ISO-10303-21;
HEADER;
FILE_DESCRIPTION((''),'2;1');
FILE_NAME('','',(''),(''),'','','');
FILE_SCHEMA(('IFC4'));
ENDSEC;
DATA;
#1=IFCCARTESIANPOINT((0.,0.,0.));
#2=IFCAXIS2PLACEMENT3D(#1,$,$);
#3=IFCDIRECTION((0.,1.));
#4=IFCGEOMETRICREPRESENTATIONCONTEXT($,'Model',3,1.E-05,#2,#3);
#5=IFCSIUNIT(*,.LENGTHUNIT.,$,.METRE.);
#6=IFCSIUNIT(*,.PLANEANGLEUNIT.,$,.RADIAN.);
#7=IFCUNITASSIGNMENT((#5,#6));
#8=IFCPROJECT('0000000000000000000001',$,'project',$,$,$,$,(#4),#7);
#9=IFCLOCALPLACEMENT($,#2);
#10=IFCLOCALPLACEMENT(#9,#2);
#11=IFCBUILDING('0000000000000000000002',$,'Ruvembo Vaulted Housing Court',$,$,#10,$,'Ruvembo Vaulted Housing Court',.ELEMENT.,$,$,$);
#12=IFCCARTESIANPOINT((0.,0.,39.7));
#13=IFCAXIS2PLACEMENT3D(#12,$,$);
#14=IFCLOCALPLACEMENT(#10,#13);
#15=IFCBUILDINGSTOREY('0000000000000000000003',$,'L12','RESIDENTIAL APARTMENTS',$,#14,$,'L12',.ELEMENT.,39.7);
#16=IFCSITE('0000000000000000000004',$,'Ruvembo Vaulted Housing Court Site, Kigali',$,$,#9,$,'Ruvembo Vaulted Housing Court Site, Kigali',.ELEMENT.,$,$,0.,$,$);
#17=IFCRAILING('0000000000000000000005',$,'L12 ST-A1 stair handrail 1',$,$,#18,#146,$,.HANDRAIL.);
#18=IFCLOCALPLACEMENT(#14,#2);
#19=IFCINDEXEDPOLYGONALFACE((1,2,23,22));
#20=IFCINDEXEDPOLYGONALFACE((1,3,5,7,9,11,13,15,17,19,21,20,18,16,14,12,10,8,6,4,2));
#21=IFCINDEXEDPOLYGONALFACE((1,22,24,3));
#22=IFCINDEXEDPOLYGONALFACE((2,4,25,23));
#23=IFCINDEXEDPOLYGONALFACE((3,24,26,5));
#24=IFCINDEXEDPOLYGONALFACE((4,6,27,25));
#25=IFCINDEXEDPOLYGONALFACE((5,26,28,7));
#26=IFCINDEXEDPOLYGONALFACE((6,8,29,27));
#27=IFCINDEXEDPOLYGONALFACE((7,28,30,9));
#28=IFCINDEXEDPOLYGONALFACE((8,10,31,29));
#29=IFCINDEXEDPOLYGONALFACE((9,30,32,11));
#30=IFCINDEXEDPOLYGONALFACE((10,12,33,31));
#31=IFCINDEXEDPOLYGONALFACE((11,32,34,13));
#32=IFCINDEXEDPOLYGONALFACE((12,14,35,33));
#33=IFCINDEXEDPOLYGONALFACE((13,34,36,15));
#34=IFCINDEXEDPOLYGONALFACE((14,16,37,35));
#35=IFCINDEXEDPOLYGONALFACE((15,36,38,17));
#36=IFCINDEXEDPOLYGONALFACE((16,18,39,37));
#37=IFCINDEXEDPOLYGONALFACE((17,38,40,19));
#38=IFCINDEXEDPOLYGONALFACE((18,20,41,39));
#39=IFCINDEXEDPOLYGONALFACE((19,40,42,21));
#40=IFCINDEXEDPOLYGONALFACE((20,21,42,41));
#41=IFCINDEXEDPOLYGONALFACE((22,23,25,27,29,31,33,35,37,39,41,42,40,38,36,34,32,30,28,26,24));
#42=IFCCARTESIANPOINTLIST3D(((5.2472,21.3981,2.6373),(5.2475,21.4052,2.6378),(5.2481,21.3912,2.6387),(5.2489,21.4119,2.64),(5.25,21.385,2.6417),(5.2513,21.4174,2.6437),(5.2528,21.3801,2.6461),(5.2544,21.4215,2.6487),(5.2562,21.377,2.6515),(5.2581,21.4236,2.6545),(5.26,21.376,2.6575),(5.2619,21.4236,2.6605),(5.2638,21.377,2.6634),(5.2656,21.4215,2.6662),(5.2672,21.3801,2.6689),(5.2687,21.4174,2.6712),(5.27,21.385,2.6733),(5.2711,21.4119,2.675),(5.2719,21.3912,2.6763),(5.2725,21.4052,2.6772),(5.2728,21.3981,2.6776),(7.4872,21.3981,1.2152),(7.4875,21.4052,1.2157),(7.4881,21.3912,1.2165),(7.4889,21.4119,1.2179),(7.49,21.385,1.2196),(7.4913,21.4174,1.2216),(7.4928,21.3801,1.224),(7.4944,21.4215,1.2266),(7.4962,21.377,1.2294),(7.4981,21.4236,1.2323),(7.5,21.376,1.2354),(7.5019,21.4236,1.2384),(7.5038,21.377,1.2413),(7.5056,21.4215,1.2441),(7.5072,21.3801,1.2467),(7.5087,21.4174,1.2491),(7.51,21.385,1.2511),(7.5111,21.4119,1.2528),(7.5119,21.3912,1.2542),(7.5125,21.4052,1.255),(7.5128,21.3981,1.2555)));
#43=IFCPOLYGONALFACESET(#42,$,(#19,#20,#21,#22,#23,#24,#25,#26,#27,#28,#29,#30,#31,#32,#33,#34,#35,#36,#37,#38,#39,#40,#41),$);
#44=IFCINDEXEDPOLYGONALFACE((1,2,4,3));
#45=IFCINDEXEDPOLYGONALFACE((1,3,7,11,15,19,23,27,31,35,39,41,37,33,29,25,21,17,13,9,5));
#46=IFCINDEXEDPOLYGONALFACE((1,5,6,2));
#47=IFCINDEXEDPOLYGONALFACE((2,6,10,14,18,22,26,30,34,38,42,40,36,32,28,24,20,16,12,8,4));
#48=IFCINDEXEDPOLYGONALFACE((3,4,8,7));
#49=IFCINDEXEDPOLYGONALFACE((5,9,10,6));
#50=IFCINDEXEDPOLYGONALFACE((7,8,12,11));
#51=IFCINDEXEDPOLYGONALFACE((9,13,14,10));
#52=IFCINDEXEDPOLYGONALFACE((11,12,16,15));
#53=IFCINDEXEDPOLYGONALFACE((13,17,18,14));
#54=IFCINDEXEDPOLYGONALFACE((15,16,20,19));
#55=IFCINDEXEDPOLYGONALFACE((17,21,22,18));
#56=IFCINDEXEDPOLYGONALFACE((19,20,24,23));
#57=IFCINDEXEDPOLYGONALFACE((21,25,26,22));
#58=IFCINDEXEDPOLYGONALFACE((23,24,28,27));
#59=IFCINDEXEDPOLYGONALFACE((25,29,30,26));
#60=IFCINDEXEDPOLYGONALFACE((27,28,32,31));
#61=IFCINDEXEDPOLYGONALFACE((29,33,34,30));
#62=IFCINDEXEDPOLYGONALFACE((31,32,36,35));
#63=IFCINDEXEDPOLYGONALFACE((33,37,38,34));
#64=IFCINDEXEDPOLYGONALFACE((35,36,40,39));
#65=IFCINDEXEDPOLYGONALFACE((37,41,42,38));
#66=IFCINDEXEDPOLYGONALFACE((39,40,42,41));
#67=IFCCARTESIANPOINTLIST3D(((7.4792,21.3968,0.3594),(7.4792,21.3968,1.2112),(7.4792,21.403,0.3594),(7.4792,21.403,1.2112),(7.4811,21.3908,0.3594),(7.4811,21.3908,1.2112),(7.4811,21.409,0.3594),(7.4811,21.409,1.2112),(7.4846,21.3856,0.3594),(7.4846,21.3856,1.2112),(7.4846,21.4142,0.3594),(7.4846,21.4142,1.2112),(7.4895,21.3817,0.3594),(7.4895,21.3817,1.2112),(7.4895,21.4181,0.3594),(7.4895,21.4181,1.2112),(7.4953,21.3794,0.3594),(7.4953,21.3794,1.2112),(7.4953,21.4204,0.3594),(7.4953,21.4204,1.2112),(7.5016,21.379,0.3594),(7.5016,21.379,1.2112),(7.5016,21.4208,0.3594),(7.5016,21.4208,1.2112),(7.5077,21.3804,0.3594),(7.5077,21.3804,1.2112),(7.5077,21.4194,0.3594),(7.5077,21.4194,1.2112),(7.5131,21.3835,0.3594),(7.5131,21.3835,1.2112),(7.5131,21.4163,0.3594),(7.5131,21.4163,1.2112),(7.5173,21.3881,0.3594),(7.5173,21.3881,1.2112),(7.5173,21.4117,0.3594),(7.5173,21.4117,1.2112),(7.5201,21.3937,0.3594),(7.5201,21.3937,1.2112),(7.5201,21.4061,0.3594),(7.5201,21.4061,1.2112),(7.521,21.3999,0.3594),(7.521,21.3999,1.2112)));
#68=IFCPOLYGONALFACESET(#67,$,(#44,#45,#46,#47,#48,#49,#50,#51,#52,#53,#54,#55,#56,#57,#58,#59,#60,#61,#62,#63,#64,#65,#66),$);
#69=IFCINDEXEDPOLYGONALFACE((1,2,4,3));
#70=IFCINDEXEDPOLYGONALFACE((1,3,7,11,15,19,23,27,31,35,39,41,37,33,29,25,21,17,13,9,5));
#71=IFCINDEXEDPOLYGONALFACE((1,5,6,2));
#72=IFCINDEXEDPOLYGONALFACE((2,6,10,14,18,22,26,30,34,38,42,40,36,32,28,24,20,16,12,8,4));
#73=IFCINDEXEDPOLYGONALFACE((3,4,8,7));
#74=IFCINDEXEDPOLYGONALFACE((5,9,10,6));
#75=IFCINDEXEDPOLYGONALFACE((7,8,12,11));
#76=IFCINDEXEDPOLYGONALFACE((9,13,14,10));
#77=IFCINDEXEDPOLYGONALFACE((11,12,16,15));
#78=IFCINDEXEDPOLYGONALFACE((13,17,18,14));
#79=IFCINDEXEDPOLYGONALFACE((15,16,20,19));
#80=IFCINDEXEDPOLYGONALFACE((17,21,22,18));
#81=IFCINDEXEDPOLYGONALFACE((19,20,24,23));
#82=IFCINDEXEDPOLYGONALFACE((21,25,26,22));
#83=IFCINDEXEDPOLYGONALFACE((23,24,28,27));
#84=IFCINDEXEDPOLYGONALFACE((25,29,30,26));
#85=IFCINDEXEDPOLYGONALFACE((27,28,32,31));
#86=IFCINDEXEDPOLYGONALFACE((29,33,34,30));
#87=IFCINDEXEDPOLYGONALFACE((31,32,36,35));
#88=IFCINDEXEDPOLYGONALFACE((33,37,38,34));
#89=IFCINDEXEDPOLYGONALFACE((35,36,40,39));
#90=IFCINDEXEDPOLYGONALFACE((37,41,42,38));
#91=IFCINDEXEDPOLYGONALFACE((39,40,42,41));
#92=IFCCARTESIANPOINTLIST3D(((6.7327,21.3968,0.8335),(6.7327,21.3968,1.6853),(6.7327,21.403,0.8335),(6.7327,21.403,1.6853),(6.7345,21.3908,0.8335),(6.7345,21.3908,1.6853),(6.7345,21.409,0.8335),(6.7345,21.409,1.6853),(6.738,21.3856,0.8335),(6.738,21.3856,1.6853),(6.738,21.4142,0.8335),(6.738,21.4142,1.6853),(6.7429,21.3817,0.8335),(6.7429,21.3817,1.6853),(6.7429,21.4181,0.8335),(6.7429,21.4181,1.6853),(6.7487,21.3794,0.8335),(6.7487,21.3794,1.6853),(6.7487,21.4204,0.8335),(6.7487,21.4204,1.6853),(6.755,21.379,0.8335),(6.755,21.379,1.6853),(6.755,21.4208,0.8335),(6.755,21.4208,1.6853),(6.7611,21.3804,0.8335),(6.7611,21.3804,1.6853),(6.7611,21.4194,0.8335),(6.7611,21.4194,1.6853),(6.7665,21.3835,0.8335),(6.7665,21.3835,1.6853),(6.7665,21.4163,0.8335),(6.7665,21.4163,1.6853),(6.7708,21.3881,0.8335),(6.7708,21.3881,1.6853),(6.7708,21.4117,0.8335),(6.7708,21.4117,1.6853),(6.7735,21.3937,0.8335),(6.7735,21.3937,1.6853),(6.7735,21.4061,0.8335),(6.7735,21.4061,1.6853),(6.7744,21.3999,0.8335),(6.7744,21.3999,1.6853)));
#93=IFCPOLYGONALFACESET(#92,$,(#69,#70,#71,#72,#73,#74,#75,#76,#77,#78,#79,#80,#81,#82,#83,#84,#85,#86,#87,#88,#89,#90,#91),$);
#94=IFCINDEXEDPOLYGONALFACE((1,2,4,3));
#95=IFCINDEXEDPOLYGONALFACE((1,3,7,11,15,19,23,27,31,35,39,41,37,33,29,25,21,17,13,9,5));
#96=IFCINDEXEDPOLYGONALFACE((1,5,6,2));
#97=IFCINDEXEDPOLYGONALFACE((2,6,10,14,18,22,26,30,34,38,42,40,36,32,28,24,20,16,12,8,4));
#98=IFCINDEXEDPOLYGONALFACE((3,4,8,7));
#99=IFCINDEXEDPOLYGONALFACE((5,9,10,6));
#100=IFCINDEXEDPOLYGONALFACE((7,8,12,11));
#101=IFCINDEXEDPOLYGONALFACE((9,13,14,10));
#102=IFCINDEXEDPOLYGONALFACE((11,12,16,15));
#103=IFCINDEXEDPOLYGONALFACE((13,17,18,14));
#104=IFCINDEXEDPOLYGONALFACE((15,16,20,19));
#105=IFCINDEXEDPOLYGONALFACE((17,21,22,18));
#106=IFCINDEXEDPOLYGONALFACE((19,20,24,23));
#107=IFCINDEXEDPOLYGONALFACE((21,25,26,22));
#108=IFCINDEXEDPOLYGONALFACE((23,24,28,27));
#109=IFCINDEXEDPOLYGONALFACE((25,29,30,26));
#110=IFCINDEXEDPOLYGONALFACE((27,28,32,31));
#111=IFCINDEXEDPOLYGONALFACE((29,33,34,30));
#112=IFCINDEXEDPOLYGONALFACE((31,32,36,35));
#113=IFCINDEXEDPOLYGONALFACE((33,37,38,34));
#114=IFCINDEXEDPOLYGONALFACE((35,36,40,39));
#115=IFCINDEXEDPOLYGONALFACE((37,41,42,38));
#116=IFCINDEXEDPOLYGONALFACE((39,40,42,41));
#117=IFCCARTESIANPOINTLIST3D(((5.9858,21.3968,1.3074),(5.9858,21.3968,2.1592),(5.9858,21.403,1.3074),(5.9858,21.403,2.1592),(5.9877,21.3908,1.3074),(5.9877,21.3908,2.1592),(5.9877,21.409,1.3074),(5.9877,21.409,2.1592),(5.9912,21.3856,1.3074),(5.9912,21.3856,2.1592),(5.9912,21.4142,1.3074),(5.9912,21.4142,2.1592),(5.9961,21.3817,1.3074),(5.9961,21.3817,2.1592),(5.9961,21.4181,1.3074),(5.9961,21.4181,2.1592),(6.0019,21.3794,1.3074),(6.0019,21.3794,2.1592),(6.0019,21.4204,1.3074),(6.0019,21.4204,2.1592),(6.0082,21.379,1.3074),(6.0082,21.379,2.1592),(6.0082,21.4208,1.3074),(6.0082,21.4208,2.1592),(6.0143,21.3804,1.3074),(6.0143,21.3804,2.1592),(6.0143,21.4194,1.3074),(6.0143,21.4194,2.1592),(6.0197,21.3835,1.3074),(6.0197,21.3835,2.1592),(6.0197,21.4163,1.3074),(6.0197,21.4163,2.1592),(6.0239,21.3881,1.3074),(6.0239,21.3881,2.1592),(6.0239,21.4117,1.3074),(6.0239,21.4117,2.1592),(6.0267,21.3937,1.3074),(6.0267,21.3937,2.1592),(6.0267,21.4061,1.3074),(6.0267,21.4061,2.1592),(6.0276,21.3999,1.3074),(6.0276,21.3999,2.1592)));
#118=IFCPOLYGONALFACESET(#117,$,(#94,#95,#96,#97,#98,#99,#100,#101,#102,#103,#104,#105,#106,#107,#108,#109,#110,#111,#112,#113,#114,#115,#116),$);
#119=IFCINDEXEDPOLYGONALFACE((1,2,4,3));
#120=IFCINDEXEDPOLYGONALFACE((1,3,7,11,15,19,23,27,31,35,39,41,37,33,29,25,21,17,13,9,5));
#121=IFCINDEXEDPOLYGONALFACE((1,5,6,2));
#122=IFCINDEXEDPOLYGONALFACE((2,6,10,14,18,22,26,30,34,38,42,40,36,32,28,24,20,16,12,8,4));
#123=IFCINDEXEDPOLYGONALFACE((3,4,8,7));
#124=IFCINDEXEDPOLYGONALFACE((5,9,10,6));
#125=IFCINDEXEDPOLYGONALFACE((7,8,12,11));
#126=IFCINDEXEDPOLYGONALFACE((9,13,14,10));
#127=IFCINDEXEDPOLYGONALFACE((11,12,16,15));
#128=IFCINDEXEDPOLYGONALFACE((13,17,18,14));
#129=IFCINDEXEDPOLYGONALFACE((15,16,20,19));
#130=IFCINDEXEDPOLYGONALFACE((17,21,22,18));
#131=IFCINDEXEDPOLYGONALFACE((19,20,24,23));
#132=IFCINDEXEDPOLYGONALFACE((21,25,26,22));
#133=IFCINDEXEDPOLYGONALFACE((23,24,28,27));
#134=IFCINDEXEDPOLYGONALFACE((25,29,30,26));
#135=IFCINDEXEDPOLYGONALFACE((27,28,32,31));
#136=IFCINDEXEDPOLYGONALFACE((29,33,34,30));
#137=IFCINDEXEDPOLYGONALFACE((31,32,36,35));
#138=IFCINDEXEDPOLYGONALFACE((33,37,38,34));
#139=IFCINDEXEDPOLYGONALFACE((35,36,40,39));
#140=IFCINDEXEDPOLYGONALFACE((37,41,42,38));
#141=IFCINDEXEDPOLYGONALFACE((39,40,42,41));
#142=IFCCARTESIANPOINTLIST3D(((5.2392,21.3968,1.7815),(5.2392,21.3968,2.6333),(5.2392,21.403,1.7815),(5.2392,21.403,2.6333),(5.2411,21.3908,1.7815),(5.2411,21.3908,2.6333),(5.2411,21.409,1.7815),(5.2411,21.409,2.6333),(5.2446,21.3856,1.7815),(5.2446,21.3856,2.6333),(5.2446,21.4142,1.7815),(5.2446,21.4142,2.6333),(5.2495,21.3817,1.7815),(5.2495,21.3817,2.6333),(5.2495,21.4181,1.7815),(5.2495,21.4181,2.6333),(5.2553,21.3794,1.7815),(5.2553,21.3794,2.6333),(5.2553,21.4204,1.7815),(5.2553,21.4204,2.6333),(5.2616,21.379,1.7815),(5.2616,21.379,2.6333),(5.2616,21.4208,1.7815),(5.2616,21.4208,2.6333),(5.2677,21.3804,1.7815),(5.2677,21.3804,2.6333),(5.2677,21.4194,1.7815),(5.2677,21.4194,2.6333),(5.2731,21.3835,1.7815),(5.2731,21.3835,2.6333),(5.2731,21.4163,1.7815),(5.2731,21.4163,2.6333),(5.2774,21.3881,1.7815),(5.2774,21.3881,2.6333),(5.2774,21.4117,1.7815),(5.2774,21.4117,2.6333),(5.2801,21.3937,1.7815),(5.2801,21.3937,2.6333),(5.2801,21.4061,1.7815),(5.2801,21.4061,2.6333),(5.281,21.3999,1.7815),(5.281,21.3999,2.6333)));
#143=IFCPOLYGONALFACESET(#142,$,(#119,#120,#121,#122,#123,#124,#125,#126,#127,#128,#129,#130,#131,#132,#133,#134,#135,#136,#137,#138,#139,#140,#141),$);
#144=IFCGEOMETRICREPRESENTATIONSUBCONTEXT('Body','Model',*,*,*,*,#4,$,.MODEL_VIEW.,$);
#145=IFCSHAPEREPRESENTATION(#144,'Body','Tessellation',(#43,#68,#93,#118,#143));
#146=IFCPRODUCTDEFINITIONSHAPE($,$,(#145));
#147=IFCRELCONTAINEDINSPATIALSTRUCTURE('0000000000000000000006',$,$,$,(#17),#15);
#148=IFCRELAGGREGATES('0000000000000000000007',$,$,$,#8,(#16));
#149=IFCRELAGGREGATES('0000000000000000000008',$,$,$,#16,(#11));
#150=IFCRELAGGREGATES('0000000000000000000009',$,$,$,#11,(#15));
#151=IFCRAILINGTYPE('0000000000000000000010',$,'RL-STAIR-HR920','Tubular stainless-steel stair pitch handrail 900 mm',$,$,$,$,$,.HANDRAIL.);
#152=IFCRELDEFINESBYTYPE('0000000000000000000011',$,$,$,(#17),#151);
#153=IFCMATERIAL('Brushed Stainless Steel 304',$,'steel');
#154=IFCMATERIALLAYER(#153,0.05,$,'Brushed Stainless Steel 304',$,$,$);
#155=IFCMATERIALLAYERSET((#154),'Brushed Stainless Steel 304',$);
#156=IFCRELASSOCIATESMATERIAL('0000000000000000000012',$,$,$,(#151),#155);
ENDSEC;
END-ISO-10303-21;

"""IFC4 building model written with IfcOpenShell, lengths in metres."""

from ifc_helpers import new_model, si_unit, direction, frame, origin, origin_2d, place, context, subcontext, project, spatial, circle, extrude, material, layer, layer_set, type_object, element, save


model = new_model("IFC4")

# Units and contexts
model_context = context("Model", 3, precision=1e-05, world=origin(), true_north=direction((0.0, 1.0)))
body_context = subcontext(model_context, "Body", "Model", "MODEL_VIEW")
ifc_project = project(units=[si_unit("LENGTHUNIT", "METRE"), si_unit("PLANEANGLEUNIT", "RADIAN")], contexts=[model_context])

# Site, building, storey
site_placement = place(None, origin())
site = spatial("IfcSite", under=ifc_project, at=site_placement, Name="Ruvembo Vaulted Housing Court Site, Kigali", LongName="Ruvembo Vaulted Housing Court Site, Kigali", CompositionType="ELEMENT", RefElevation=0.0)
building_placement = place(site_placement, origin())
building = spatial("IfcBuilding", under=site, at=building_placement, Name="Ruvembo Vaulted Housing Court", LongName="Ruvembo Vaulted Housing Court", CompositionType="ELEMENT")
storey_placement = place(building_placement, frame((0.0, 0.0, 39.7)))
storey = spatial("IfcBuildingStorey", under=building, at=storey_placement, Name="L12", Description="RESIDENTIAL APARTMENTS", LongName="L12", CompositionType="ELEMENT", Elevation=39.7)

# Shared definitions
ifc_material_1 = material(Name="Brushed Stainless Steel 304", Category="steel")

# Railing
ifc_layer_1 = layer(ifc_material_1, 0.05, Name="Brushed Stainless Steel 304")
ifc_layer_set_1 = layer_set([ifc_layer_1], Name="Brushed Stainless Steel 304")
railing_type_1 = type_object("IfcRailingType", Name="RL-STAIR-HR920", Description="Tubular stainless-steel stair pitch handrail 900 mm", PredefinedType="HANDRAIL", material=ifc_layer_set_1)
railing_1_placement = place(storey_placement, frame((7.5, 21.3999, 0.3594)))
element("IfcRailing", 1, at=railing_1_placement, inside=storey, type_object=railing_type_1, Name="L12 ST-A1 stair handrail 1", PredefinedType="HANDRAIL", context=body_context, shape_type="SweptSolid", body=[
    extrude(circle(Radius=0.0239, at=origin_2d()), frame((0.0, 0.0, 0.876), z_axis=(-0.844229, 0.0, 0.535982), x_axis=(0.0, -1.0, 0.0)), (0.0, 0.0, 1.0), 2.6533),
    extrude(circle(Radius=0.021, at=origin_2d()), origin(), (0.0, 0.0, 1.0), 0.8518),
    extrude(circle(Radius=0.021, at=origin_2d()), frame((-0.7466, 0.0, 0.4741)), (0.0, 0.0, 1.0), 0.8518),
    extrude(circle(Radius=0.021, at=origin_2d()), frame((-1.4934, 0.0, 0.948)), (0.0, 0.0, 1.0), 0.8518),
    extrude(circle(Radius=0.021, at=origin_2d()), frame((-2.24, 0.0, 1.4221)), (0.0, 0.0, 1.0), 0.8518),
])

save(model, "model.ifc")
